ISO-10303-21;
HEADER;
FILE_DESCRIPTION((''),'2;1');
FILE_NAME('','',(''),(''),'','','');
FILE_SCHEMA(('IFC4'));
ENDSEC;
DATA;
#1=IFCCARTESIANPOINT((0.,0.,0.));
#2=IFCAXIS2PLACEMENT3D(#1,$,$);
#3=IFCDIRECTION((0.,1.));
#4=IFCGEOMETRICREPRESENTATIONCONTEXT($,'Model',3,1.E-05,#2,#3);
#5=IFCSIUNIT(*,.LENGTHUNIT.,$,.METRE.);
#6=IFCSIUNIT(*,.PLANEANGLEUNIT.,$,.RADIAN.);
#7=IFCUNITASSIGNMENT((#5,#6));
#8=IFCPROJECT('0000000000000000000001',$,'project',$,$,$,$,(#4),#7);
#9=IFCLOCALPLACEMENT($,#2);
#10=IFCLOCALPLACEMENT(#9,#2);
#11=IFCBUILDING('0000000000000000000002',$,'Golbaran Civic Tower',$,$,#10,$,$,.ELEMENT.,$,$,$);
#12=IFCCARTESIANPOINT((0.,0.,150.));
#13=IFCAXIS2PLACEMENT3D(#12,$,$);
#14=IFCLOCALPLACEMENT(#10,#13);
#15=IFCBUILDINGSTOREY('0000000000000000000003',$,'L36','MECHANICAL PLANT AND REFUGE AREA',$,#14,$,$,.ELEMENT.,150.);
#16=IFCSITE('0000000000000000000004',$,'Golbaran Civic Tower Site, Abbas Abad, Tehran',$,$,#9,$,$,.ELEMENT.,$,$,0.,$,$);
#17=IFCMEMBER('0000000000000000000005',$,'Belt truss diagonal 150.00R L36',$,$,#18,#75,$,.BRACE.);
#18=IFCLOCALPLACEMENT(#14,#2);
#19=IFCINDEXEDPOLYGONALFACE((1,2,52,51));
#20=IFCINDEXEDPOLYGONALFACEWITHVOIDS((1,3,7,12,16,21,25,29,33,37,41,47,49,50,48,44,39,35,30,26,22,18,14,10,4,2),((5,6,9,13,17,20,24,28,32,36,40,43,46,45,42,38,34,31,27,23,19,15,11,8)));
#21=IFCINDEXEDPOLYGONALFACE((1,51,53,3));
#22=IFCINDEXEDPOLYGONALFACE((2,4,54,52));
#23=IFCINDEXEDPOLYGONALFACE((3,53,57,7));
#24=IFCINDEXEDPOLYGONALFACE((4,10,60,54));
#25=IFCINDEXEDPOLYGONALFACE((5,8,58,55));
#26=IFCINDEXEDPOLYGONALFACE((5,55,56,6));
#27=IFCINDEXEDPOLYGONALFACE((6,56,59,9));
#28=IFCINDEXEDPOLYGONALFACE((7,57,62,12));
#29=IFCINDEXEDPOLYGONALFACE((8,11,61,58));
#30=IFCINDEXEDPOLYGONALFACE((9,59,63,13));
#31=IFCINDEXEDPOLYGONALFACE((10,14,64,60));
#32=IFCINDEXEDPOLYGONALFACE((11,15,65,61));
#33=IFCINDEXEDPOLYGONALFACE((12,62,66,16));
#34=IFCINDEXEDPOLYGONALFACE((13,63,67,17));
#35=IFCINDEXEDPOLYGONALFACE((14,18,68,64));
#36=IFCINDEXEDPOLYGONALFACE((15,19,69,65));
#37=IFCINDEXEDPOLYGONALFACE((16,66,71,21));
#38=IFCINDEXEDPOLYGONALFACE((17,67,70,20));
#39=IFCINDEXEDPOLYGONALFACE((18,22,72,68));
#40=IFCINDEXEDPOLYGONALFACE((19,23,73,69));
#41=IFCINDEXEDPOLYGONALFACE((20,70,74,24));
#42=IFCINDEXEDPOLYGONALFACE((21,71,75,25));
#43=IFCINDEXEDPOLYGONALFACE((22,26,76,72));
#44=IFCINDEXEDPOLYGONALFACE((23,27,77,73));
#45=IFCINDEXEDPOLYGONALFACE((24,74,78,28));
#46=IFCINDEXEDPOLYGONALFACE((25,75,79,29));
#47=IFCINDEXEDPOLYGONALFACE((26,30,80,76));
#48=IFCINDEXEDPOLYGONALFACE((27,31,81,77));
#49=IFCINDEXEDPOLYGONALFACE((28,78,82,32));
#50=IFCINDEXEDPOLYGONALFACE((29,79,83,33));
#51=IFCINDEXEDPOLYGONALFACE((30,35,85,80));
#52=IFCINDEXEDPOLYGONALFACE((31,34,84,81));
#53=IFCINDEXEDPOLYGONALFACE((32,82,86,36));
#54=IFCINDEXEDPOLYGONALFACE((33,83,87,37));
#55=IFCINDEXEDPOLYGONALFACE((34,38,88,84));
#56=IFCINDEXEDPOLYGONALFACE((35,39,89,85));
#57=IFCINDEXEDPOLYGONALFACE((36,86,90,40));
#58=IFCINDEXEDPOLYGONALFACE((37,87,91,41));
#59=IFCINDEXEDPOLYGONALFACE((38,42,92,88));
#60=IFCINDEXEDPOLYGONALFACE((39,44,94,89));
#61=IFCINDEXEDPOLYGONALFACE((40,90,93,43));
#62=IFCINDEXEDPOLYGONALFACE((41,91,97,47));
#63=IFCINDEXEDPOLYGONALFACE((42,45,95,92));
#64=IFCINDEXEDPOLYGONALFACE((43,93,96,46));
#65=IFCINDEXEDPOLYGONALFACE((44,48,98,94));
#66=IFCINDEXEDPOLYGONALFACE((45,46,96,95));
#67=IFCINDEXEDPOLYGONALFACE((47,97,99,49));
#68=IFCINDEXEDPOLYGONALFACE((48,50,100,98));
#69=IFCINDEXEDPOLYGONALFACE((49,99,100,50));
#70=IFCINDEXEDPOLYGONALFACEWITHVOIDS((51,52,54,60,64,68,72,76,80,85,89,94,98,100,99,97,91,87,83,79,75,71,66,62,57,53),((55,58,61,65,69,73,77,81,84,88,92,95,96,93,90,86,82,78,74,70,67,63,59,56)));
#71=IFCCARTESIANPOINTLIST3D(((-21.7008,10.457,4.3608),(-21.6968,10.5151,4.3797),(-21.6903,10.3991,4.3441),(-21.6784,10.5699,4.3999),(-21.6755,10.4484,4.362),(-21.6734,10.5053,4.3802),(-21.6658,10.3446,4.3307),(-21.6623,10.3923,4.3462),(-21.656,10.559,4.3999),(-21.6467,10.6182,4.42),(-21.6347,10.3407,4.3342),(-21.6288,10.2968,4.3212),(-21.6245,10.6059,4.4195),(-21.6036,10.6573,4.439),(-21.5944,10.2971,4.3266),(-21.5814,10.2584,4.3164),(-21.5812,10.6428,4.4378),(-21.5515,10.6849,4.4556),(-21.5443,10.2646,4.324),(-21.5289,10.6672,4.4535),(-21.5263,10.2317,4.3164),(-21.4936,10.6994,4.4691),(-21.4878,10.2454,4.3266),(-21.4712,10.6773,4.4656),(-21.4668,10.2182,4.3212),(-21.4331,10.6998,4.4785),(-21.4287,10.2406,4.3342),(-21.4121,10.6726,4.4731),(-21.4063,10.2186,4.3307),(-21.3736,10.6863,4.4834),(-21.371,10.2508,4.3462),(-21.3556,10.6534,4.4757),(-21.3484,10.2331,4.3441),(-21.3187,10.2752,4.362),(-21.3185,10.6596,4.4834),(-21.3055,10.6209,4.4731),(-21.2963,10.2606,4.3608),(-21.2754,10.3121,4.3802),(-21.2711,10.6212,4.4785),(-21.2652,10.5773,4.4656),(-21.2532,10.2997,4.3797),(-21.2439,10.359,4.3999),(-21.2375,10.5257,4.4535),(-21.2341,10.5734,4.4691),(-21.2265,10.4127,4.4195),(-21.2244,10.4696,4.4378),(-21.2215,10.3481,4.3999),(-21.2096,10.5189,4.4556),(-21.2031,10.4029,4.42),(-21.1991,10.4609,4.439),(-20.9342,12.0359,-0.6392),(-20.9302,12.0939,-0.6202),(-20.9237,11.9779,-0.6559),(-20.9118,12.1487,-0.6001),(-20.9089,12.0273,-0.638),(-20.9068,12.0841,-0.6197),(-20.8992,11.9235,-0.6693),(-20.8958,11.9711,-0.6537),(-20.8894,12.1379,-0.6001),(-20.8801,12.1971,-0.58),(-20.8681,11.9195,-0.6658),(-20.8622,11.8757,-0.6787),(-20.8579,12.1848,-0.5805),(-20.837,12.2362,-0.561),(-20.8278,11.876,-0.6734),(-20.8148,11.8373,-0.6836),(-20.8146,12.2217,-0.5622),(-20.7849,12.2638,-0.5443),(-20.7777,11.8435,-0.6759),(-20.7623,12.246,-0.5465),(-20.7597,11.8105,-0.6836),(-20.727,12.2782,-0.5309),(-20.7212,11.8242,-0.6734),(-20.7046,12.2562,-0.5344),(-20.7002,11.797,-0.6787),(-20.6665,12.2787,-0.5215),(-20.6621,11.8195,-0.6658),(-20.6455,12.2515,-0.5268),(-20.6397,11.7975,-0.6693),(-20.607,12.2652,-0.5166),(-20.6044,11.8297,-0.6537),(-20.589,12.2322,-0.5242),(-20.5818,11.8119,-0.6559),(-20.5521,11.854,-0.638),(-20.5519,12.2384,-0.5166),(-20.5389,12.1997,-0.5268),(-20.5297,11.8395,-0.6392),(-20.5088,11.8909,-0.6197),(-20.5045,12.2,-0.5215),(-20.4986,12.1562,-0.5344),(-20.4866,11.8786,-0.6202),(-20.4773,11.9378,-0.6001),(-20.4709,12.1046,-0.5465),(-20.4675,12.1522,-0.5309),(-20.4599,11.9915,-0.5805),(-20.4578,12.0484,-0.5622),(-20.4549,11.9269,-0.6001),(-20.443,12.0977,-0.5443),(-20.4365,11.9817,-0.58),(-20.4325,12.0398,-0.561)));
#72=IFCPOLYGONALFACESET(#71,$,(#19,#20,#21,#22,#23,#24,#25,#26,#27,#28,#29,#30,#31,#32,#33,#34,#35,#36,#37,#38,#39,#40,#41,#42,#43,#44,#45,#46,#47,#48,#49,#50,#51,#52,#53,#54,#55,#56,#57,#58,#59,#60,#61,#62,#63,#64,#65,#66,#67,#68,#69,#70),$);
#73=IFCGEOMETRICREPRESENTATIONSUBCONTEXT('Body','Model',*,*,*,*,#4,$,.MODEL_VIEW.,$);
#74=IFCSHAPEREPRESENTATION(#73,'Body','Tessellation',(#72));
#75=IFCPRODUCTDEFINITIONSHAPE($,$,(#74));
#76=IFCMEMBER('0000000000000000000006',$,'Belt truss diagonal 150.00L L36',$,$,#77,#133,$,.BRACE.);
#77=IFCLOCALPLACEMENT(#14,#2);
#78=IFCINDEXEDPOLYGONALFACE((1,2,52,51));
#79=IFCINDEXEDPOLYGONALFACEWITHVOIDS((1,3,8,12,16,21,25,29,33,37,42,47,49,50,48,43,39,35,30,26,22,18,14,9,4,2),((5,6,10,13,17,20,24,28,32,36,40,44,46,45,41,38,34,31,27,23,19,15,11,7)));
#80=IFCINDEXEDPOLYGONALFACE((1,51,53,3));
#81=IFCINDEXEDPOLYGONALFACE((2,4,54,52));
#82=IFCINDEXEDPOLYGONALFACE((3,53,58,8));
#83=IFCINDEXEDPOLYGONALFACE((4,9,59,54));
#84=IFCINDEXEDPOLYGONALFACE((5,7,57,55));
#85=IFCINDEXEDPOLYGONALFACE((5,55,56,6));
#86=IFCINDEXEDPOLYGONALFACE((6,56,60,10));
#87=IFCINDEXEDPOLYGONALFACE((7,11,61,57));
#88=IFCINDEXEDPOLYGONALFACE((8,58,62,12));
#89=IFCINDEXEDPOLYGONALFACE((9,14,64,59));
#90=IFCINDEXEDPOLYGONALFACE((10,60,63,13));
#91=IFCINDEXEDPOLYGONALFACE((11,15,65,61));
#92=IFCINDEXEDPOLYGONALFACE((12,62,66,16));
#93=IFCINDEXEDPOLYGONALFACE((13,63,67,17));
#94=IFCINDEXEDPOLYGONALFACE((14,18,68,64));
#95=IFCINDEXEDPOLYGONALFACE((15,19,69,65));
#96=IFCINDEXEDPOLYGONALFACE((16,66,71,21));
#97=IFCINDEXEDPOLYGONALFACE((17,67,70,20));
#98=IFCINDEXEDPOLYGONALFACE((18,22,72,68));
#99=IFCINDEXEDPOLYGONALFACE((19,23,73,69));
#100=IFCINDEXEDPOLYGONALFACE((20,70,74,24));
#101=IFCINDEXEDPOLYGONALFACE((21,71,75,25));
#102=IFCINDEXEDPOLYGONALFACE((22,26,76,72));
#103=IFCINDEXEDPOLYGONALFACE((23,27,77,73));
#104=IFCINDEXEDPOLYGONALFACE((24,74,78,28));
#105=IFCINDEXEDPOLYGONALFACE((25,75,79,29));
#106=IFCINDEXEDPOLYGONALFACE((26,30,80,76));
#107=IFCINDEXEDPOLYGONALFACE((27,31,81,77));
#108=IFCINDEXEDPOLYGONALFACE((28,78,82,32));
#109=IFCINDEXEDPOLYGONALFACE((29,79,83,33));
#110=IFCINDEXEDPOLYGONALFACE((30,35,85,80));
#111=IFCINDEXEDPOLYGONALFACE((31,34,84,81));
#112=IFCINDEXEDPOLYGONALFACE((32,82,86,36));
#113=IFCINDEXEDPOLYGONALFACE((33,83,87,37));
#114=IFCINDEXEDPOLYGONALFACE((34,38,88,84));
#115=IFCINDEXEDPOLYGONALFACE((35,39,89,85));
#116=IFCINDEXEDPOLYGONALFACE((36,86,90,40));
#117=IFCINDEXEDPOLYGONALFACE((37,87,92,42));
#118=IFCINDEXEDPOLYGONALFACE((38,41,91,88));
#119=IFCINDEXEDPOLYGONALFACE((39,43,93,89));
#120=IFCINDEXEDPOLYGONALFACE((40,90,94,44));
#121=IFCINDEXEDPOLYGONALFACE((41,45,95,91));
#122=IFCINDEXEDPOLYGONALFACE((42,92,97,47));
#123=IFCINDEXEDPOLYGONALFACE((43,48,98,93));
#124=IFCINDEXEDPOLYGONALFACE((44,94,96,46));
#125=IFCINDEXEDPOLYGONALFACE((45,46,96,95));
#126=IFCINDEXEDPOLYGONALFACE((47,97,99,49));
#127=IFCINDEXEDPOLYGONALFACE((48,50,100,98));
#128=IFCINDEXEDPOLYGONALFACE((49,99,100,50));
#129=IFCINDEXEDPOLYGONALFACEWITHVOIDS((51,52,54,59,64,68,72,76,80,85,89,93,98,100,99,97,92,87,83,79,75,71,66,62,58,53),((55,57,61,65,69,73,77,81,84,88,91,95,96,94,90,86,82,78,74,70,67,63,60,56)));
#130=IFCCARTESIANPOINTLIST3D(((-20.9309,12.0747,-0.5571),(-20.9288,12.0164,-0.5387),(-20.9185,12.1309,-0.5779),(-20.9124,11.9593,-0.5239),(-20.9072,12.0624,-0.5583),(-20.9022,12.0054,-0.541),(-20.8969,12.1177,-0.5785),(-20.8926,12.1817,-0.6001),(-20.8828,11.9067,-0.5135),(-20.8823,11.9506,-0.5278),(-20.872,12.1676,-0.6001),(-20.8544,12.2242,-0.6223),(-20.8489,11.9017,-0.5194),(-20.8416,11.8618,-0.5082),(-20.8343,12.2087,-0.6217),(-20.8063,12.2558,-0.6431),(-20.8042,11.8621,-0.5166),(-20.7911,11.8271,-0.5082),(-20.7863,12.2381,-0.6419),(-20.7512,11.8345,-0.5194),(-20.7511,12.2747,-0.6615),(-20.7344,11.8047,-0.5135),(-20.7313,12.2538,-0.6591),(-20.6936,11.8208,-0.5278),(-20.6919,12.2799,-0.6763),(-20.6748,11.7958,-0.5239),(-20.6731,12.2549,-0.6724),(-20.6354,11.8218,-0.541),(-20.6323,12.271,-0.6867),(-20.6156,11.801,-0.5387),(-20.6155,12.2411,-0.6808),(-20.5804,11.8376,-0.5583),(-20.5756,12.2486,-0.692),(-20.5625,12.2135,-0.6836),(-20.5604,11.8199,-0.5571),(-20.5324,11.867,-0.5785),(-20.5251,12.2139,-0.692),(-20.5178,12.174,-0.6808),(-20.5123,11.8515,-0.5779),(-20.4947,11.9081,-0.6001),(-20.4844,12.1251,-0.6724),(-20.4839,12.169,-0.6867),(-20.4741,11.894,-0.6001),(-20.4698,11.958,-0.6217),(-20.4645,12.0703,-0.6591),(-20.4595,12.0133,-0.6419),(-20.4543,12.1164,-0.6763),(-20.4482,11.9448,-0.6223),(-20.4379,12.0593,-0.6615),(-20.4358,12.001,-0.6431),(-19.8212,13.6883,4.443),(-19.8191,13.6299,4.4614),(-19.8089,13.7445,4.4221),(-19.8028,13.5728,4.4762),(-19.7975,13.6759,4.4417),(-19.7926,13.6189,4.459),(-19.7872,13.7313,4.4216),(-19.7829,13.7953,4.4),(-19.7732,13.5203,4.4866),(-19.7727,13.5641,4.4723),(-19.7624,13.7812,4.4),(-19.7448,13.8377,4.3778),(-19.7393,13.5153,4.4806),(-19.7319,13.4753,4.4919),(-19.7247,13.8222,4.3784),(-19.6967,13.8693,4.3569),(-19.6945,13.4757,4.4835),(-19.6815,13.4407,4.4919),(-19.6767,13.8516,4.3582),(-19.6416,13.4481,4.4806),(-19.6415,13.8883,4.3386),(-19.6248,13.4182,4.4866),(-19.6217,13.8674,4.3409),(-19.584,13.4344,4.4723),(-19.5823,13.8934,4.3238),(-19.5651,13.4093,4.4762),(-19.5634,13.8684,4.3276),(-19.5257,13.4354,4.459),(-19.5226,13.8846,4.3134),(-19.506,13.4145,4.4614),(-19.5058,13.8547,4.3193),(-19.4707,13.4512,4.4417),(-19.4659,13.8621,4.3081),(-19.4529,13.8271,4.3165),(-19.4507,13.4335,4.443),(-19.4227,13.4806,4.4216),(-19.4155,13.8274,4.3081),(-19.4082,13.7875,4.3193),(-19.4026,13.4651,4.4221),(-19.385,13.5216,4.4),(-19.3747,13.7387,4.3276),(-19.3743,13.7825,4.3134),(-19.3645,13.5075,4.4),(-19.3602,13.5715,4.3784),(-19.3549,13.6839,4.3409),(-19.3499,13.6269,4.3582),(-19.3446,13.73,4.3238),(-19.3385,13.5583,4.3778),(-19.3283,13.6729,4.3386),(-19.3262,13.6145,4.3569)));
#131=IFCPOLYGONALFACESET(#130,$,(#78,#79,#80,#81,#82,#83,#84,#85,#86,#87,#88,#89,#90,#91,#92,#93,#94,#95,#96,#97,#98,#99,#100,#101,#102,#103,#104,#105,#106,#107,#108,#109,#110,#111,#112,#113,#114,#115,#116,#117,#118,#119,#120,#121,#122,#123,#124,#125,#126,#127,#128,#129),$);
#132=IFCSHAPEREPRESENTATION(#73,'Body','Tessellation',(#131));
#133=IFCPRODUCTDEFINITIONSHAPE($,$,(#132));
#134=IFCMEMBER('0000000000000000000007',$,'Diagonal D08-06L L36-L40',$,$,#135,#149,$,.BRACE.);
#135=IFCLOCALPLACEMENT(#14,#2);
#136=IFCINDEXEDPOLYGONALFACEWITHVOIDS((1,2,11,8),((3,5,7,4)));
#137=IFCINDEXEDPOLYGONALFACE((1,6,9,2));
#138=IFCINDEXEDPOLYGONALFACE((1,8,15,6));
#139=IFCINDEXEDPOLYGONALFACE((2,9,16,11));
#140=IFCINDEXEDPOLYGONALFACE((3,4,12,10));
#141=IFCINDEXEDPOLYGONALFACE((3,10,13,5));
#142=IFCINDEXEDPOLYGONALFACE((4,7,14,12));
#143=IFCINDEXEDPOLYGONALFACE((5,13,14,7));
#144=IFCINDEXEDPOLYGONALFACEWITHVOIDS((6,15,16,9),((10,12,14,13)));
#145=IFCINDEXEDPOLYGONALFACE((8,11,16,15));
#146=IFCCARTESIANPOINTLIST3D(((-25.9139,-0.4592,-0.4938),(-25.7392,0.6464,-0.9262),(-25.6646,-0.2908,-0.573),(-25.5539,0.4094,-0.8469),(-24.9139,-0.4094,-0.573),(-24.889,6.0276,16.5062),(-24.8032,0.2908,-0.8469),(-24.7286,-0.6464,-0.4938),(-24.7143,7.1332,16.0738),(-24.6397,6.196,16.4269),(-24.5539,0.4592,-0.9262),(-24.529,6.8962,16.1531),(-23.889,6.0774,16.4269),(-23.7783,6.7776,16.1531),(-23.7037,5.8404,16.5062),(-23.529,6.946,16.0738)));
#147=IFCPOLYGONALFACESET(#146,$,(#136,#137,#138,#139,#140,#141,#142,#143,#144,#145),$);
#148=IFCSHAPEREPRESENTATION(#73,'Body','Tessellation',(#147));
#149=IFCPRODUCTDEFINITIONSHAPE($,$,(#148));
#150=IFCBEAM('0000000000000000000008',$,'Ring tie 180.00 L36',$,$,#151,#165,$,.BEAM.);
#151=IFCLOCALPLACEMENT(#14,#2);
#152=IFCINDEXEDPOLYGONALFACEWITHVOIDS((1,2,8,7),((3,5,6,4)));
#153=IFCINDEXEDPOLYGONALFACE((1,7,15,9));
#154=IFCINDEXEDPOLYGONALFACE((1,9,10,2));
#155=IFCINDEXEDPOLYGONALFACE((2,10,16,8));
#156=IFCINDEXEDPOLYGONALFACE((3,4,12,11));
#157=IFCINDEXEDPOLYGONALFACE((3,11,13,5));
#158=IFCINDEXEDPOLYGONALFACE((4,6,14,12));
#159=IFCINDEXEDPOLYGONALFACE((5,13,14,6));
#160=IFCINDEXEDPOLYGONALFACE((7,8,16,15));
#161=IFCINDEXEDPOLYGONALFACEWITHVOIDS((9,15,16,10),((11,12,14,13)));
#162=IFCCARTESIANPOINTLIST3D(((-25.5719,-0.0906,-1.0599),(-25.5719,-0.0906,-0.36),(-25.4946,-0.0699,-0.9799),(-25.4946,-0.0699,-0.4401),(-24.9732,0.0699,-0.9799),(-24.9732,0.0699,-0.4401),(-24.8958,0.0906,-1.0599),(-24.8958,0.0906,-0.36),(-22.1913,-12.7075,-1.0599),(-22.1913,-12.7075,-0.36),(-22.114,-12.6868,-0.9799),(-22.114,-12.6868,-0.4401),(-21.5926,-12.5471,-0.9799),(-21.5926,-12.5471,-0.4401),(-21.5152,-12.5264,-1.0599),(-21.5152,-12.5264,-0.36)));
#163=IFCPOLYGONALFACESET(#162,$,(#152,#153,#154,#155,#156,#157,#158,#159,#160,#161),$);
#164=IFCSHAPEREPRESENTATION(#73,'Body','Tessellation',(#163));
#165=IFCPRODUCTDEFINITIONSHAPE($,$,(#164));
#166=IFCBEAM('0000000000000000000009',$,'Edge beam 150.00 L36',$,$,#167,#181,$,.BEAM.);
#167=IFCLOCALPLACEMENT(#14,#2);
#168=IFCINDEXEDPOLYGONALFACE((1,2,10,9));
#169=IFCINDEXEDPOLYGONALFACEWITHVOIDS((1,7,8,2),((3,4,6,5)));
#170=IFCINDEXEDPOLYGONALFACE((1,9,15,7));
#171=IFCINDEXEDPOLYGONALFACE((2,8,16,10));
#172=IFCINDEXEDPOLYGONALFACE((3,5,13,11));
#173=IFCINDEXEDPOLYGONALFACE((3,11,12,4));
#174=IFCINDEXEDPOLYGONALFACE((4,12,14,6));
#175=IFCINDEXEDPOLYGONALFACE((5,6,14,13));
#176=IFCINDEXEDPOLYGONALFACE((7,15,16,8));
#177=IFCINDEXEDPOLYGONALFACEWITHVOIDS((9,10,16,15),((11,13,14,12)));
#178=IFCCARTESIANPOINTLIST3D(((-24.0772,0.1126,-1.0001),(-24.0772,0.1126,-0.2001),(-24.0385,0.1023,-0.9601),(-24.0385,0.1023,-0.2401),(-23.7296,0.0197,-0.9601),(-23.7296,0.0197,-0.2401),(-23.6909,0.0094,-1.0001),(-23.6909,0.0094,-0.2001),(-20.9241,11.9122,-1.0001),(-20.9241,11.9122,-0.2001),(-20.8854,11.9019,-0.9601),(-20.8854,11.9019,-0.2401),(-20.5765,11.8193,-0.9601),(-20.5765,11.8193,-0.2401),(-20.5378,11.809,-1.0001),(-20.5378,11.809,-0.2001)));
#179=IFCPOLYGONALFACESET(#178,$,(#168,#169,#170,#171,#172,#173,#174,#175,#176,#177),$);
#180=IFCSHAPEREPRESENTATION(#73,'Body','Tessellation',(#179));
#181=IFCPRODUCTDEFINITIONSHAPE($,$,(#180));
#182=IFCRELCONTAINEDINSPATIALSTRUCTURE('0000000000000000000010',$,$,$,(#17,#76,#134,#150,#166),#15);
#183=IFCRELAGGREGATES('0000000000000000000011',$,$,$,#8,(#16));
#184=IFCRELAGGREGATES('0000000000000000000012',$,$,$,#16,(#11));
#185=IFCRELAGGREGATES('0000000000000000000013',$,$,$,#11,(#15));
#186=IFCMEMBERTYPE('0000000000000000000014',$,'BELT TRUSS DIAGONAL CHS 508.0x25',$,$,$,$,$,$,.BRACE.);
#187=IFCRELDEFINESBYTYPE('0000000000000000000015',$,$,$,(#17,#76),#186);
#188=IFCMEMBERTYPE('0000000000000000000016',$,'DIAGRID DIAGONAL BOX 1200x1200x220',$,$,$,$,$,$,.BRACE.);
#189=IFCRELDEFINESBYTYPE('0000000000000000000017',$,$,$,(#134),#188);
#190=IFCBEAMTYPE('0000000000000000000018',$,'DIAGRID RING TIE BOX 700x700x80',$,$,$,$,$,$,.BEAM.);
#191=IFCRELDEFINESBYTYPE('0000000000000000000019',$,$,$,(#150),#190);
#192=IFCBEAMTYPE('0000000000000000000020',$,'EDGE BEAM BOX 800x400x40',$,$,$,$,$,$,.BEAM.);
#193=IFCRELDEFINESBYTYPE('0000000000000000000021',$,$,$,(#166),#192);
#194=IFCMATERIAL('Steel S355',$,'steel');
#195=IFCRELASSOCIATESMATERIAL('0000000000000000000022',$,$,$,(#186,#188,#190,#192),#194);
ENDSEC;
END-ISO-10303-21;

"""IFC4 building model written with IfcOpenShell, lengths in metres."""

from ifc_helpers import new_model, si_unit, direction, frame, origin, origin_2d, place, context, subcontext, project, spatial, hollow_rectangle, hollow_circle, extrude, material, material_profile, profile_set, type_object, element, save


model = new_model("IFC4")

# Units and contexts
model_context = context("Model", 3, precision=1e-05, world=origin(), true_north=direction((0.0, 1.0)))
body_context = subcontext(model_context, "Body", "Model", "MODEL_VIEW")
ifc_project = project(units=[si_unit("LENGTHUNIT", "METRE"), si_unit("PLANEANGLEUNIT", "RADIAN")], contexts=[model_context])

# Site, building, storey
site_placement = place(None, origin())
site = spatial("IfcSite", under=ifc_project, at=site_placement, Name="Golbaran Civic Tower Site, Abbas Abad, Tehran", CompositionType="ELEMENT", RefElevation=0.0)
building_placement = place(site_placement, origin())
building = spatial("IfcBuilding", under=site, at=building_placement, Name="Golbaran Civic Tower", CompositionType="ELEMENT")
storey_placement = place(building_placement, frame((0.0, 0.0, 150.0)))
storey = spatial("IfcBuildingStorey", under=building, at=storey_placement, Name="L36", Description="MECHANICAL PLANT AND REFUGE AREA", CompositionType="ELEMENT", Elevation=150.0)

# Members
ifc_material_1 = material(Name="Steel S355", Category="steel")
ifc_material_profile_1 = material_profile(ifc_material_1, hollow_circle(Radius=0.2539, WallThickness=0.0249, at=origin_2d()), Name="CHS 508.0x25")
ifc_profile_set_1 = profile_set([ifc_material_profile_1], Name="Steel S355")
member_type_1 = type_object("IfcMemberType", Name="BELT TRUSS DIAGONAL CHS 508.0x25", PredefinedType="BRACE", material=ifc_profile_set_1)
member_1_placement = place(storey_placement, frame((-20.6833, 12.0378, -0.6001), z_axis=(-0.144666, -0.297948, 0.943556), x_axis=(0.899569, -0.436779, 0.0)))
element("IfcMember", 1, at=member_1_placement, inside=storey, type_object=member_type_1, Name="Belt truss diagonal 150.00R L36", PredefinedType="BRACE", context=body_context, shape_type="SweptSolid", body=[
    extrude(hollow_circle(Radius=0.2539, WallThickness=0.0249, at=origin_2d()), origin(), (0.0, 0.0, 1.0), 5.2991),
])
member_2_placement = place(storey_placement, frame((-20.6833, 12.0378, -0.6001), z_axis=(0.206641, 0.300482, 0.931134), x_axis=(-0.823966, 0.56664, 0.0)))
element("IfcMember", 2, at=member_2_placement, inside=storey, type_object=member_type_1, Name="Belt truss diagonal 150.00L L36", PredefinedType="BRACE", context=body_context, shape_type="SweptSolid", body=[
    extrude(hollow_circle(Radius=0.2539, WallThickness=0.0249, at=origin_2d()), origin(), (0.0, 0.0, 1.0), 5.3699),
])
ifc_material_profile_2 = material_profile(ifc_material_1, hollow_rectangle(XDim=1.2, YDim=1.2, WallThickness=0.22, at=origin_2d()), Name="BOX 1200x1200x220")
ifc_profile_set_2 = profile_set([ifc_material_profile_2], Name="Steel S355")
member_type_2 = type_object("IfcMemberType", Name="DIAGRID DIAGONAL BOX 1200x1200x220", PredefinedType="BRACE", material=ifc_profile_set_2)
member_3_placement = place(storey_placement, frame((-25.2339, 0.0, -0.71), z_axis=(0.056238, 0.355941, 0.932815), x_axis=(-0.987747, 0.156062, 0.0)))
element("IfcMember", 3, at=member_3_placement, inside=storey, type_object=member_type_2, Name="Diagonal D08-06L L36-L40", PredefinedType="BRACE", context=body_context, shape_type="SweptSolid", body=[
    extrude(hollow_rectangle(XDim=1.2, YDim=1.2, WallThickness=0.22, at=origin_2d()), origin(), (0.0, 0.0, 1.0), 18.2244),
])

# Beams
ifc_material_profile_3 = material_profile(ifc_material_1, hollow_rectangle(XDim=0.7, YDim=0.7, WallThickness=0.0801, at=origin_2d()), Name="BOX 700x700x80")
ifc_profile_set_3 = profile_set([ifc_material_profile_3], Name="Steel S355")
beam_type_1 = type_object("IfcBeamType", Name="DIAGRID RING TIE BOX 700x700x80", PredefinedType="BEAM", material=ifc_profile_set_3)
beam_1_placement = place(storey_placement, frame((-25.2339, 0.0, -0.71), z_axis=(0.258813, -0.965927, 0.0), x_axis=(0.965927, 0.258813, 0.0)))
element("IfcBeam", 4, at=beam_1_placement, inside=storey, type_object=beam_type_1, Name="Ring tie 180.00 L36", PredefinedType="BEAM", context=body_context, shape_type="SweptSolid", body=[
    extrude(hollow_rectangle(XDim=0.7, YDim=0.7, WallThickness=0.0801, at=origin_2d()), origin(), (0.0, 0.0, 1.0), 13.062),
])
ifc_material_profile_4 = material_profile(ifc_material_1, hollow_rectangle(XDim=0.3999, YDim=0.8, WallThickness=0.04, at=origin_2d()), Name="BOX 800x400x40")
ifc_profile_set_4 = profile_set([ifc_material_profile_4], Name="Steel S355")
beam_type_2 = type_object("IfcBeamType", Name="EDGE BEAM BOX 800x400x40", PredefinedType="BEAM", material=ifc_profile_set_4)
beam_2_placement = place(storey_placement, frame((-20.731, 11.8606, -0.6001), z_axis=(-0.258162, -0.966102, 0.0), x_axis=(0.966102, -0.258162, 0.0)))
element("IfcBeam", 5, at=beam_2_placement, inside=storey, type_object=beam_type_2, Name="Edge beam 150.00 L36", PredefinedType="BEAM", context=body_context, shape_type="SweptSolid", body=[
    extrude(hollow_rectangle(XDim=0.3999, YDim=0.8, WallThickness=0.04, at=origin_2d()), origin(), (0.0, 0.0, 1.0), 12.2136),
])

save(model, "model.ifc")
